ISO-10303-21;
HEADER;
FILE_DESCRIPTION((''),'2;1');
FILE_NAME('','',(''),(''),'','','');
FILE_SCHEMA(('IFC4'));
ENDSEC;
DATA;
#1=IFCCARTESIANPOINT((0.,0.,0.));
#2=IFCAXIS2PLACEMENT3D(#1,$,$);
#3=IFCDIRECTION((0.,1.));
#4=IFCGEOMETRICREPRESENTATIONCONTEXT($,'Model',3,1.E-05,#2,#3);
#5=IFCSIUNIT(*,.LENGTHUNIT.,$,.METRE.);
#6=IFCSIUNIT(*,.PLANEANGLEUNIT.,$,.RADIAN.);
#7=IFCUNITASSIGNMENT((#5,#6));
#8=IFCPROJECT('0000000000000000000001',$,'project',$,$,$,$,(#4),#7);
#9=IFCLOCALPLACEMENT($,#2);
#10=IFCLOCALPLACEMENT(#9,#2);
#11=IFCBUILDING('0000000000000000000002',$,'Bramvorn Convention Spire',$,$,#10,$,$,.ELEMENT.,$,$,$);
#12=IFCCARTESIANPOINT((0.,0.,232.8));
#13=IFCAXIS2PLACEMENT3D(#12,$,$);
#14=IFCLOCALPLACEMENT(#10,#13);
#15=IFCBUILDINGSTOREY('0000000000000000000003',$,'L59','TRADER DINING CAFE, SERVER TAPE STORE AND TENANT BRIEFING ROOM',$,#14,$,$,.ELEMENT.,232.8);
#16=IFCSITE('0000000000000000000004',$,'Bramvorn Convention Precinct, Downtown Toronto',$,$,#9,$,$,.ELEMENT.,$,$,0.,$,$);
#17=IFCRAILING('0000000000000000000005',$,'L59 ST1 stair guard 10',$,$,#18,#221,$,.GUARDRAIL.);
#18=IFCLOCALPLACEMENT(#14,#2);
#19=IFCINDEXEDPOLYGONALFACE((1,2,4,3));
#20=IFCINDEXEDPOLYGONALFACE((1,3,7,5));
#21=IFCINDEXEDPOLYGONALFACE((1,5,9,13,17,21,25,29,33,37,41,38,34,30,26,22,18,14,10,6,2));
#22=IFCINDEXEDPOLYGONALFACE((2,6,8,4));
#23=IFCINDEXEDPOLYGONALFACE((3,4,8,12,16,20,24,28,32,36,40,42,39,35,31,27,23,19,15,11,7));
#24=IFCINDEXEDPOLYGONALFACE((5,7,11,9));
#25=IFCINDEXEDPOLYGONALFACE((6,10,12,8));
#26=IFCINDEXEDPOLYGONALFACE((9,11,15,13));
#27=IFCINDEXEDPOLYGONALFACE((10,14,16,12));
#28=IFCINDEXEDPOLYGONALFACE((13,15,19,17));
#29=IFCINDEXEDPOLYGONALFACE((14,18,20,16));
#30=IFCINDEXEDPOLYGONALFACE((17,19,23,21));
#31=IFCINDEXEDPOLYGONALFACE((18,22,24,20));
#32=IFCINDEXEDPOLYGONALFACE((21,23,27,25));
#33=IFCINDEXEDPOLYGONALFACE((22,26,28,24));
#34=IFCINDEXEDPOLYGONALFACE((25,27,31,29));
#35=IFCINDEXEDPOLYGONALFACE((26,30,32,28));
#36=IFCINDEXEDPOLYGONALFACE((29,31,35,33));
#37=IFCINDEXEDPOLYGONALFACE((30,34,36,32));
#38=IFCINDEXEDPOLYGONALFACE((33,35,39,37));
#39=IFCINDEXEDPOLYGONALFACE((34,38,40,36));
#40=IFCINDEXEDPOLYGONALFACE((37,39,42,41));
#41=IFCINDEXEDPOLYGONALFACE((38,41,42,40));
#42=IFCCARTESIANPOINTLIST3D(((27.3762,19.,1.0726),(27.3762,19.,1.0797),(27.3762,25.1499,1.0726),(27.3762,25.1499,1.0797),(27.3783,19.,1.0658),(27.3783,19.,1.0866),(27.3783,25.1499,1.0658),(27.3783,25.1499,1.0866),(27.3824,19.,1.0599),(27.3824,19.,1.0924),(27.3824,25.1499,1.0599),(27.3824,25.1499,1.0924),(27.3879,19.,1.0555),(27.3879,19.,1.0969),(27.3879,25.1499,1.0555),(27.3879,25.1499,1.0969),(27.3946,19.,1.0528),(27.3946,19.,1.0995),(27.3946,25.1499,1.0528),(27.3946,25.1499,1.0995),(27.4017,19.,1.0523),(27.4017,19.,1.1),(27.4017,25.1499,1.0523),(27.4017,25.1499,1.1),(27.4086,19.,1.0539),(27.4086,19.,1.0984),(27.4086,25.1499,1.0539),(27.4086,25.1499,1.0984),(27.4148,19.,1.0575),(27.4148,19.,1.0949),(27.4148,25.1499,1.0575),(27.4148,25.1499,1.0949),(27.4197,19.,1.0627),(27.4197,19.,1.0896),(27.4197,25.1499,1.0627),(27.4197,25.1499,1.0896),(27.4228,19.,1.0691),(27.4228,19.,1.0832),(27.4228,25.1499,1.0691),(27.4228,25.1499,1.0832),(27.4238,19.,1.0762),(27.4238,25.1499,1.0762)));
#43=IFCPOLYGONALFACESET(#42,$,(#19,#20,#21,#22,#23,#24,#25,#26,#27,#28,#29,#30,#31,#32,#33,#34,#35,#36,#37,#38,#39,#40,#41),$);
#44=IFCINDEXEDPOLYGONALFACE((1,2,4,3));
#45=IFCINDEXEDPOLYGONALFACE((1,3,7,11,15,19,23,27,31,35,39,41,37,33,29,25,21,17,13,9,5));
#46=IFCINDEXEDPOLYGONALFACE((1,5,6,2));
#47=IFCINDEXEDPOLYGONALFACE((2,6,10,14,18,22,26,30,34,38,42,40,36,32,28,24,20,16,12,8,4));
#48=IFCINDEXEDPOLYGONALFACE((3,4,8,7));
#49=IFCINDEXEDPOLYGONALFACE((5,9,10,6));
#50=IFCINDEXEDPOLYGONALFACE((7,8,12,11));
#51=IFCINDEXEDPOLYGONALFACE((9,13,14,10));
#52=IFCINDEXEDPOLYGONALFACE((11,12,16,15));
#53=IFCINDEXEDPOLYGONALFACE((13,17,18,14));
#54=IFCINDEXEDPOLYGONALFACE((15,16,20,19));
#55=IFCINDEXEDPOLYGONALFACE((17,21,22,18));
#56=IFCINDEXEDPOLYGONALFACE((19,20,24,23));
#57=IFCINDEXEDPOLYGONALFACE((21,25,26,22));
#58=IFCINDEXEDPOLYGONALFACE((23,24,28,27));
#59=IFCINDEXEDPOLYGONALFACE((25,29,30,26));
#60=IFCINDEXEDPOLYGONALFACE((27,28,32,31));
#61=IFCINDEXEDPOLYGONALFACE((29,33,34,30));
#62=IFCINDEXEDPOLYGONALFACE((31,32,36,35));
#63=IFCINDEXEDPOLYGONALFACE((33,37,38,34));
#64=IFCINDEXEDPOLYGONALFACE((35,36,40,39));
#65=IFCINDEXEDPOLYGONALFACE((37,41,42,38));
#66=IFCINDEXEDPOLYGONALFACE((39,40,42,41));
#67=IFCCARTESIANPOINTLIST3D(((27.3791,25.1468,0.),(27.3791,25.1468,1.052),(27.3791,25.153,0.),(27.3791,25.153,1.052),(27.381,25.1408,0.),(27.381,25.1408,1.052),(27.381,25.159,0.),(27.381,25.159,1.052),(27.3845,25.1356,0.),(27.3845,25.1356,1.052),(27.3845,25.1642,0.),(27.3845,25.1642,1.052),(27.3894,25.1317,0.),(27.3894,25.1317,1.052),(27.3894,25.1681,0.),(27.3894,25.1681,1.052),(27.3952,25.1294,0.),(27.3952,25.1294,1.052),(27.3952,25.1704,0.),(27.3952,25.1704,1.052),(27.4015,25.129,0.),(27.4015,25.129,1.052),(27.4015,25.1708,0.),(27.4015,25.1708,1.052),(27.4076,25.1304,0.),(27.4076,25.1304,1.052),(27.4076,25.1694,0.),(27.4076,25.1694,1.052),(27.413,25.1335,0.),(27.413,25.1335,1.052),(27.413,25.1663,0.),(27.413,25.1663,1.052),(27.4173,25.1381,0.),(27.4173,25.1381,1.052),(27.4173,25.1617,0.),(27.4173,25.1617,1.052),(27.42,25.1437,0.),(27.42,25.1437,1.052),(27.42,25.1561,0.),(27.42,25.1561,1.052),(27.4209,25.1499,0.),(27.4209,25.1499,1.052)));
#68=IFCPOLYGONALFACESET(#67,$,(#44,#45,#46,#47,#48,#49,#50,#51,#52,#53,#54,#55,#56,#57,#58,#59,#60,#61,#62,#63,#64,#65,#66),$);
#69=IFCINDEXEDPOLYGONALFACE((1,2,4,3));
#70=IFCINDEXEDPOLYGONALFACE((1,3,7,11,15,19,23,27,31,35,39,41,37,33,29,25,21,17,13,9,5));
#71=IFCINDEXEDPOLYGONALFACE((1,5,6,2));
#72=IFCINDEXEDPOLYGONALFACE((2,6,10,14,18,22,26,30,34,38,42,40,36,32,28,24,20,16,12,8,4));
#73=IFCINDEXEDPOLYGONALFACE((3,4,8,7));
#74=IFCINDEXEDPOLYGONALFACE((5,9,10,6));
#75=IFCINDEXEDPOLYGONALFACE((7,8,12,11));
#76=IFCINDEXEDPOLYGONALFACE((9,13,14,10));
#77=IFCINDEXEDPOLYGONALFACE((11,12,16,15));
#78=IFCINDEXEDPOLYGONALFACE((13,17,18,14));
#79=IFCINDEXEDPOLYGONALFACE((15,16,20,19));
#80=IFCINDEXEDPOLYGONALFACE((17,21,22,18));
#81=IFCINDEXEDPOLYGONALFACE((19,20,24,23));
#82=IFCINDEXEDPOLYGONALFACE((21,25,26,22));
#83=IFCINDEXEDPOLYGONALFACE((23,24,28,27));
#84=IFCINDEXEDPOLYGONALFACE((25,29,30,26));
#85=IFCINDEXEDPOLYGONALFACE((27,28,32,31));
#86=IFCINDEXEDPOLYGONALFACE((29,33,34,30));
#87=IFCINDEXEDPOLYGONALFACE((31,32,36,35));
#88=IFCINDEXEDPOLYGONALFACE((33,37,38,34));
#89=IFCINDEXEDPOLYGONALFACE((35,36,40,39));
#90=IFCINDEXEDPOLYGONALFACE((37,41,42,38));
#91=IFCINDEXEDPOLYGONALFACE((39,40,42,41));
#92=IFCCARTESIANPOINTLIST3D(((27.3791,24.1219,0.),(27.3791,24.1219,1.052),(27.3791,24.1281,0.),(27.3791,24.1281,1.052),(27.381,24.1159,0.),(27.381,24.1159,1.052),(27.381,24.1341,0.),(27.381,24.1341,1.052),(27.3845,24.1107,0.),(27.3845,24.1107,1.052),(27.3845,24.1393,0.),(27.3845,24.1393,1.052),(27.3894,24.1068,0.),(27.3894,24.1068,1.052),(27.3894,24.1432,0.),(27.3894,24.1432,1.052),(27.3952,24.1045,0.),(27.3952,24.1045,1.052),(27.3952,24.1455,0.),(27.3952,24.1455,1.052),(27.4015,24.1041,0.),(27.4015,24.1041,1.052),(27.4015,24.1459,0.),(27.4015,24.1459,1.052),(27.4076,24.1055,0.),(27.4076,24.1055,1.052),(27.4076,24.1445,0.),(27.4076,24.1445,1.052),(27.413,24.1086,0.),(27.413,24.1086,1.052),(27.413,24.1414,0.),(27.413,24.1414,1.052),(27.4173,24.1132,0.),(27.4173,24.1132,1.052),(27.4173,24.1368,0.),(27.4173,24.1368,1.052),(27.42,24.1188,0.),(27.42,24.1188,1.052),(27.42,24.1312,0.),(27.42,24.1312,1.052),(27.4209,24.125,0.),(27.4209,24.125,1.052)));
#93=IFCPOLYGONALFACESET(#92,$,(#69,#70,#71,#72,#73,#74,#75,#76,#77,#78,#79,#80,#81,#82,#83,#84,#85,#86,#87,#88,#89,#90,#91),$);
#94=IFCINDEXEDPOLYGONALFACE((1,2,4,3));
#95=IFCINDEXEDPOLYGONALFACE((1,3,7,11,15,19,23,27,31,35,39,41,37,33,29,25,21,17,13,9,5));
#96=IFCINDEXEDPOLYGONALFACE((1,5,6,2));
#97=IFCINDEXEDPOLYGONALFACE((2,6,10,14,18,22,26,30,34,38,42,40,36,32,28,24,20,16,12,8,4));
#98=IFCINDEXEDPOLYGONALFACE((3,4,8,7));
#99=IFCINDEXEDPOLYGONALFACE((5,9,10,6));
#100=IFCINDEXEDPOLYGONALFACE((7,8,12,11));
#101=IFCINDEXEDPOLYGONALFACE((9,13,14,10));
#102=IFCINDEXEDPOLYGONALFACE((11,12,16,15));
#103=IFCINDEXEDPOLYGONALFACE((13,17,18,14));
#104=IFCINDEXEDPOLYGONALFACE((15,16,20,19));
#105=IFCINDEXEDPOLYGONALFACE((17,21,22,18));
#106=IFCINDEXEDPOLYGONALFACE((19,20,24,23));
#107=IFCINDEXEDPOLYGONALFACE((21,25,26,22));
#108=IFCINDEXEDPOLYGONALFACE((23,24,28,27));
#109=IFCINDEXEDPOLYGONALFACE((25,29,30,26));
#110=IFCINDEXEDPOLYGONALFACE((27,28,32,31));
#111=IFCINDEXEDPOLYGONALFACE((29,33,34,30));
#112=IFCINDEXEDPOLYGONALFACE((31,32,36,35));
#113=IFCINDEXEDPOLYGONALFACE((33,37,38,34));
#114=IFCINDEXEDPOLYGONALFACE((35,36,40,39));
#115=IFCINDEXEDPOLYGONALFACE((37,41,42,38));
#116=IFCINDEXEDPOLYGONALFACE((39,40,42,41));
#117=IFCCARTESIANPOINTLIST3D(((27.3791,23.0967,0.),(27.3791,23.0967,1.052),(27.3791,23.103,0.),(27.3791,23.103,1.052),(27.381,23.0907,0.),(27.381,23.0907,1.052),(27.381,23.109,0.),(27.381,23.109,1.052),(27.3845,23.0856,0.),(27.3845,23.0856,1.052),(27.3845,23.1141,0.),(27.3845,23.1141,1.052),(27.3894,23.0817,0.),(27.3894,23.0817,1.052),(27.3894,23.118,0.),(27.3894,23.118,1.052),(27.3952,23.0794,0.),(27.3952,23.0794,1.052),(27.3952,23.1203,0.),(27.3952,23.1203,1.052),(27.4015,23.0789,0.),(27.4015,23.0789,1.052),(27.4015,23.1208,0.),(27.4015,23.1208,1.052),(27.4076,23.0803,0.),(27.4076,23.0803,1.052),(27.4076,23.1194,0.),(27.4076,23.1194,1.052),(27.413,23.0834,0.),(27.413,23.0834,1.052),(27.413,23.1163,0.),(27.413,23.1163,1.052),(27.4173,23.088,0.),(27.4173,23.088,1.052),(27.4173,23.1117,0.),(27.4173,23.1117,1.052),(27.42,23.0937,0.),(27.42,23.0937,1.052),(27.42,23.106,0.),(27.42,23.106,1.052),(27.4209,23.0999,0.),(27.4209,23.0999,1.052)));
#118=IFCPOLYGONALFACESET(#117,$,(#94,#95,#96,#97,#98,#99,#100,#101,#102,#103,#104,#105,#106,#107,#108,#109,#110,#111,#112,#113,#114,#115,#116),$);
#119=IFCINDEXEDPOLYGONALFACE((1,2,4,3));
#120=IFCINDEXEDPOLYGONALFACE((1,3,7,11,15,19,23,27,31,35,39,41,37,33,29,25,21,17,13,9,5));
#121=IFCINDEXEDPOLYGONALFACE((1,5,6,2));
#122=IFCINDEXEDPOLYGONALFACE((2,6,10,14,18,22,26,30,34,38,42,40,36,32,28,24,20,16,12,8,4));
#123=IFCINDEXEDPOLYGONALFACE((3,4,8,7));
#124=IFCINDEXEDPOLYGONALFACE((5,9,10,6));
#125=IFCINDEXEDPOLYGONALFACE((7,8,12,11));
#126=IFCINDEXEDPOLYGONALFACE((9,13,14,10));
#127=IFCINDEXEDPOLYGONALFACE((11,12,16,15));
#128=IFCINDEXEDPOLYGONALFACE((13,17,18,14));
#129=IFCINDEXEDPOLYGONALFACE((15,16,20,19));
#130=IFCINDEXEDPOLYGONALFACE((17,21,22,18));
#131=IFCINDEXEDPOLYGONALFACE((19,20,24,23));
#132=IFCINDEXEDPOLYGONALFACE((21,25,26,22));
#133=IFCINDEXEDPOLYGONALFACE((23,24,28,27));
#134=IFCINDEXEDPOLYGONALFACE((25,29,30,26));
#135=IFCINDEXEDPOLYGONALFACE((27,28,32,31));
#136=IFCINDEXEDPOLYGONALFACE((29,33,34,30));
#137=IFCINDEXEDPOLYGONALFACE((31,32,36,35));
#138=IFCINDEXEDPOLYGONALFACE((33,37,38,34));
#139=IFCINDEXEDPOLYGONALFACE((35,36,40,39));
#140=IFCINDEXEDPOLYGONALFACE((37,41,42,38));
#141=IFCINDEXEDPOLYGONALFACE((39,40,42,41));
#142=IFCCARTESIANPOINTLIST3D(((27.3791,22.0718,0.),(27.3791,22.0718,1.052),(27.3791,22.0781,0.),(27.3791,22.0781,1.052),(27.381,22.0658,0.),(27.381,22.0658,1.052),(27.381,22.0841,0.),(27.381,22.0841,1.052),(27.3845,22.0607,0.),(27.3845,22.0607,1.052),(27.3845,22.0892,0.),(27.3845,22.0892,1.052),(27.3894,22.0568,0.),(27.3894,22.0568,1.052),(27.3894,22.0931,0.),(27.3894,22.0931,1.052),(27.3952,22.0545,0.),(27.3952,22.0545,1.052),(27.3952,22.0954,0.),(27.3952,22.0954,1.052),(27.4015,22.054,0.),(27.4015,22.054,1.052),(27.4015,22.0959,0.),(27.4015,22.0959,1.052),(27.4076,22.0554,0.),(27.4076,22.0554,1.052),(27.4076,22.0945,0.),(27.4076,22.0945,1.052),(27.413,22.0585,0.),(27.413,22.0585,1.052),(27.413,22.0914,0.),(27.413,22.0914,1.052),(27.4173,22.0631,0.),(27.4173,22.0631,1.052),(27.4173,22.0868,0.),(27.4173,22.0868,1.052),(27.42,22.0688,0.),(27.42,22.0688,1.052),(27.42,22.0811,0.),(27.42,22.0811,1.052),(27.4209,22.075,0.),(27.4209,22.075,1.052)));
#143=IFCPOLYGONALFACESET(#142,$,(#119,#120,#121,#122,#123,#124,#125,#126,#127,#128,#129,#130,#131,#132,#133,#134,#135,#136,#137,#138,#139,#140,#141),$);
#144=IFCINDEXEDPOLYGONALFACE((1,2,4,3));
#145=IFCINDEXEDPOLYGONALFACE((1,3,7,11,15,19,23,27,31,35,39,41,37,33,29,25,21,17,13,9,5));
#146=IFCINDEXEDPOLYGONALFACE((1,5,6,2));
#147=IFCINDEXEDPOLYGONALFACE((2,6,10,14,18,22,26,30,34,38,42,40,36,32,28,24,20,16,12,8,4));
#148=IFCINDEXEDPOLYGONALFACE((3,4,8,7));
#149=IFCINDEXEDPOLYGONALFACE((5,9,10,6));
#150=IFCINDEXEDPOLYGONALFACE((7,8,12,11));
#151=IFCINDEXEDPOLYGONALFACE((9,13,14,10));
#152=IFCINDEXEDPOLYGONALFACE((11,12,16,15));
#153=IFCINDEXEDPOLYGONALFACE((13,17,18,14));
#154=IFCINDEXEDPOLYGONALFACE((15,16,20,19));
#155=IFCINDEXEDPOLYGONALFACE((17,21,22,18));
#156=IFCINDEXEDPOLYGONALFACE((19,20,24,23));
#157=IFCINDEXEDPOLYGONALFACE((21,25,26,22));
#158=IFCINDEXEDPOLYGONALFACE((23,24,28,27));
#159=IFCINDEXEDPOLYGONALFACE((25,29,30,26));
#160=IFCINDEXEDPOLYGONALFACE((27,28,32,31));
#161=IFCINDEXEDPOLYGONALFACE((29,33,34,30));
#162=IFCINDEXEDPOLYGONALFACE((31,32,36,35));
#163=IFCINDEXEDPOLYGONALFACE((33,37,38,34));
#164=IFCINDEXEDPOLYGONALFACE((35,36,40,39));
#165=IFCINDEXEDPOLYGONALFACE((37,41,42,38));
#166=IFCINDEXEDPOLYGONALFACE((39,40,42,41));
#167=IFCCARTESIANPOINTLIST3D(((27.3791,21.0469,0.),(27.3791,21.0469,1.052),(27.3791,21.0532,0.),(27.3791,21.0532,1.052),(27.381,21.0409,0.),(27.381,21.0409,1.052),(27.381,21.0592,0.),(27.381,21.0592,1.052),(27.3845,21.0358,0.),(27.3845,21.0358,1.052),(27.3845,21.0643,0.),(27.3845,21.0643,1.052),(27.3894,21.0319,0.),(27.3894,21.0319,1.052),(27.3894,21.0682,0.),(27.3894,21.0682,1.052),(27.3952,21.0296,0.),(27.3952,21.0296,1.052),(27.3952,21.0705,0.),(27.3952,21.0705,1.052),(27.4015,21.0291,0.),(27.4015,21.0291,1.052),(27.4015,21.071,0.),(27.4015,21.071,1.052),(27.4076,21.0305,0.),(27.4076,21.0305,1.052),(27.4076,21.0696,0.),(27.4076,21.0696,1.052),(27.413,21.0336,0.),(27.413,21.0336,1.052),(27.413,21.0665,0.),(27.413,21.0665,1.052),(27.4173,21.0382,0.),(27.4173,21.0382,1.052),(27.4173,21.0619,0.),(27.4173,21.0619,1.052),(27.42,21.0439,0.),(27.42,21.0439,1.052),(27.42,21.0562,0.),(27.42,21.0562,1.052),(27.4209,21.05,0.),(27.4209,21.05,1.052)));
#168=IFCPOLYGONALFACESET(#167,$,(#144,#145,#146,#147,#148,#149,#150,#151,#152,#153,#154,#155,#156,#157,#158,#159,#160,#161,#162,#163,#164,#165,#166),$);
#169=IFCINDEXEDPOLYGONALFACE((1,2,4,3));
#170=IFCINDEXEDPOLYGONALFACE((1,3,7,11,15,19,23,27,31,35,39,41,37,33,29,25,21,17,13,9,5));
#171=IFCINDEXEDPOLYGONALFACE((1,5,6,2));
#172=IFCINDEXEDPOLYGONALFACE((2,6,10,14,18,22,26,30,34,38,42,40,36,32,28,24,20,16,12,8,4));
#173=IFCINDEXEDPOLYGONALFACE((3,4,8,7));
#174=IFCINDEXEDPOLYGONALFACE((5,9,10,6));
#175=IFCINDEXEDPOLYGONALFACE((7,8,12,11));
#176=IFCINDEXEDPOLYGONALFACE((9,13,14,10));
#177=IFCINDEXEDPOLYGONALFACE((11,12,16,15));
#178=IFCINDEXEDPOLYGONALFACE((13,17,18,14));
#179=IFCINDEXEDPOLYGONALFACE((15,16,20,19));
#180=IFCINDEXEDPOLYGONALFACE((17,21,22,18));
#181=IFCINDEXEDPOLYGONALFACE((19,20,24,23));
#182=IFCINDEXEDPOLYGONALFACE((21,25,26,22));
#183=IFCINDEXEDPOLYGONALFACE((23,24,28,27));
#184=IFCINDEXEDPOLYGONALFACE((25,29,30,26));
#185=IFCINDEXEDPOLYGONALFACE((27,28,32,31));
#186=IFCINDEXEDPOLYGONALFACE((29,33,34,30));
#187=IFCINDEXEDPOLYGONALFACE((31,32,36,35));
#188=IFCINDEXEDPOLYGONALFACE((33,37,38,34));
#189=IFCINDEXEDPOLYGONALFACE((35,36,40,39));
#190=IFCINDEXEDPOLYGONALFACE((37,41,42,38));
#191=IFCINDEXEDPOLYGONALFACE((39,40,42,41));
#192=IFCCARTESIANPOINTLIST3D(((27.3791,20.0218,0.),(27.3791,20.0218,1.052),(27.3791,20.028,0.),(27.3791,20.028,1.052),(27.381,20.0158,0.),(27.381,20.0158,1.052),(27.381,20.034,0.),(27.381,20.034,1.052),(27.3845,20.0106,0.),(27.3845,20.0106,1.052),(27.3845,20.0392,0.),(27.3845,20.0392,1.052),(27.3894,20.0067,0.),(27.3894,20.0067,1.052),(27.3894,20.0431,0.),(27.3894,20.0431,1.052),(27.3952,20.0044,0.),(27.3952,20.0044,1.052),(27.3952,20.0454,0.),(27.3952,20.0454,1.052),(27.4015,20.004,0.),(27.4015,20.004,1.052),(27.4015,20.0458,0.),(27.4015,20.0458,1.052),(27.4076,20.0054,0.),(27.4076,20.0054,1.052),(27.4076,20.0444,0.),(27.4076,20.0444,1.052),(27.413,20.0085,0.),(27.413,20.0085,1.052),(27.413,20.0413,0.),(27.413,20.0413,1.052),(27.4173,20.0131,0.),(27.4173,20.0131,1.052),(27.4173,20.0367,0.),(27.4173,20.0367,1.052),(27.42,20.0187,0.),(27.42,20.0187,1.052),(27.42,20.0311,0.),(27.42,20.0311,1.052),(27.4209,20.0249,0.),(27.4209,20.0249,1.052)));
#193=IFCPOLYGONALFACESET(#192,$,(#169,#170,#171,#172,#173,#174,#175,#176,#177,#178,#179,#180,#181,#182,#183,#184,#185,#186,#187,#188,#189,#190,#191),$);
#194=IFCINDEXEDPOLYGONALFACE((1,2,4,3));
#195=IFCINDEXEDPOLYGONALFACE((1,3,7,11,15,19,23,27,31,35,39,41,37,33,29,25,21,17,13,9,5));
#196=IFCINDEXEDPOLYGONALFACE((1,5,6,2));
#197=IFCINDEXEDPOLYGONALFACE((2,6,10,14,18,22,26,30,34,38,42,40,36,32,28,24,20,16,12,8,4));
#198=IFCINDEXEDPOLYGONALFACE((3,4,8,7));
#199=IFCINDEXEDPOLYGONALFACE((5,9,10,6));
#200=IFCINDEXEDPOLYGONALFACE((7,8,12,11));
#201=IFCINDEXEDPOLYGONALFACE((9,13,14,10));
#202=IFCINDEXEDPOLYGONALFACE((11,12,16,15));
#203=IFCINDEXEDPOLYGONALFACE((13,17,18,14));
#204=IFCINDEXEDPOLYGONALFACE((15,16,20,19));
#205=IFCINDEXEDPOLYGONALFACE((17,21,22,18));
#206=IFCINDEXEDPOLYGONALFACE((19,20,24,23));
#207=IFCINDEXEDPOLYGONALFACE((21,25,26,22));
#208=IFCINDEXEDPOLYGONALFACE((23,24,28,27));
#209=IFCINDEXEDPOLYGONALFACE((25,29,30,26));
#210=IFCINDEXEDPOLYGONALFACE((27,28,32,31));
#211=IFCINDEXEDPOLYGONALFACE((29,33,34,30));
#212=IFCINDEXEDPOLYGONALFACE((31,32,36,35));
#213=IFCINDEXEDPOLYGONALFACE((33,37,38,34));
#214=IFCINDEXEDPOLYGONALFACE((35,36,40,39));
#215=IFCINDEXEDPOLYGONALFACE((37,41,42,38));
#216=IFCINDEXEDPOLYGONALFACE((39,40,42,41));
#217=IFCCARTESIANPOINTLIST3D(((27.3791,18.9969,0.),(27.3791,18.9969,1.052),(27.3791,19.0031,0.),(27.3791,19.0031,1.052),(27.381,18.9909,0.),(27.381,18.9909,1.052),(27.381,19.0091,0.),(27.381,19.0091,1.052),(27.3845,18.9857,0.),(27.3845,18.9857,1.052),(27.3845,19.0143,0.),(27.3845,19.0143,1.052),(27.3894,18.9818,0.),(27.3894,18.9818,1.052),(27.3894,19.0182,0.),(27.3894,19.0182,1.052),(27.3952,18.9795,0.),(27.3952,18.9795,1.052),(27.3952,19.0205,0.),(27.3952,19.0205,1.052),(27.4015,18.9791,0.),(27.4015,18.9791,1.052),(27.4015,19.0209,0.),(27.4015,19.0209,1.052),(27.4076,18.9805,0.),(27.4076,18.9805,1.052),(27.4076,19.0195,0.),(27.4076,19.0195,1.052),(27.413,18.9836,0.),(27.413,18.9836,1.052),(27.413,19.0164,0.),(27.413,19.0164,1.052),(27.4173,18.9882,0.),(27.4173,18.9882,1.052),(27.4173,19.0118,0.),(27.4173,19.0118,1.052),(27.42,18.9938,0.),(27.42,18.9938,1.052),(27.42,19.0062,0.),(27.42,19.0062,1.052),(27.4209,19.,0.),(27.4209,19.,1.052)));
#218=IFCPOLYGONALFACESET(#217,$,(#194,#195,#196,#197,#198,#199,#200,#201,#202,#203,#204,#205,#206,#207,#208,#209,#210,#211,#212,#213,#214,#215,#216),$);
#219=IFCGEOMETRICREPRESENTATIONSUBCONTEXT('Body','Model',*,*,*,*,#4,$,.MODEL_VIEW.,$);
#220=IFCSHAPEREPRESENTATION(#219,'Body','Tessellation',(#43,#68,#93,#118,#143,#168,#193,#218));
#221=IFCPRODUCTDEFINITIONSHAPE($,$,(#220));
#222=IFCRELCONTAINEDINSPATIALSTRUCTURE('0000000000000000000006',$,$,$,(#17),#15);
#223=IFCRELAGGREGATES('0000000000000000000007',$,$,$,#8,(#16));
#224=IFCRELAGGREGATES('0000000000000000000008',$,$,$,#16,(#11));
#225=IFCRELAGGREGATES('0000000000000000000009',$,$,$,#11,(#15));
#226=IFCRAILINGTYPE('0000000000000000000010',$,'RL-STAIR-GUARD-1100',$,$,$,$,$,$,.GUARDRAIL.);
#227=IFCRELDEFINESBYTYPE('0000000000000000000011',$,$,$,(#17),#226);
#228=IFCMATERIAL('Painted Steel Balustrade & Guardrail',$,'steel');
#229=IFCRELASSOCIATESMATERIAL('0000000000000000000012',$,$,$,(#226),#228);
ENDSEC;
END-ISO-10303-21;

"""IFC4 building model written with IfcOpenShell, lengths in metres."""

from ifc_helpers import new_model, si_unit, direction, frame, origin, origin_2d, place, context, subcontext, project, spatial, circle, extrude, material, type_object, element, save


model = new_model("IFC4")

# Units and contexts
model_context = context("Model", 3, precision=1e-05, world=origin(), true_north=direction((0.0, 1.0)))
body_context = subcontext(model_context, "Body", "Model", "MODEL_VIEW")
ifc_project = project(units=[si_unit("LENGTHUNIT", "METRE"), si_unit("PLANEANGLEUNIT", "RADIAN")], contexts=[model_context])

# Site, building, storey
site_placement = place(None, origin())
site = spatial("IfcSite", under=ifc_project, at=site_placement, Name="Bramvorn Convention Precinct, Downtown Toronto", CompositionType="ELEMENT", RefElevation=0.0)
building_placement = place(site_placement, origin())
building = spatial("IfcBuilding", under=site, at=building_placement, Name="Bramvorn Convention Spire", CompositionType="ELEMENT")
storey_placement = place(building_placement, frame((0.0, 0.0, 232.8)))
storey = spatial("IfcBuildingStorey", under=building, at=storey_placement, Name="L59", Description="TRADER DINING CAFE, SERVER TAPE STORE AND TENANT BRIEFING ROOM", CompositionType="ELEMENT", Elevation=232.8)

# Railing
ifc_material_1 = material(Name="Painted Steel Balustrade & Guardrail", Category="steel")
railing_type = type_object("IfcRailingType", Name="RL-STAIR-GUARD-1100", PredefinedType="GUARDRAIL", material=ifc_material_1)
railing_1_placement = place(storey_placement, frame((27.3999, 25.1499, 0.0)))
element("IfcRailing", 1, at=railing_1_placement, inside=storey, type_object=railing_type, Name="L59 ST1 stair guard 10", PredefinedType="GUARDRAIL", context=body_context, shape_type="SweptSolid", body=[
    extrude(circle(Radius=0.0239, at=origin_2d()), frame((0.0, 0.0, 1.0762), z_axis=(0.0, -1.0, 0.0), x_axis=(1.0, 0.0, 0.0)), (0.0, 0.0, 1.0), 6.1499),
    extrude(circle(Radius=0.021, at=origin_2d()), origin(), (0.0, 0.0, 1.0), 1.052),
    extrude(circle(Radius=0.021, at=origin_2d()), frame((0.0, -1.0249, 0.0)), (0.0, 0.0, 1.0), 1.052),
    extrude(circle(Radius=0.021, at=origin_2d()), frame((0.0, -2.05, 0.0)), (0.0, 0.0, 1.0), 1.052),
    extrude(circle(Radius=0.021, at=origin_2d()), frame((0.0, -3.075, 0.0)), (0.0, 0.0, 1.0), 1.052),
    extrude(circle(Radius=0.021, at=origin_2d()), frame((0.0, -4.0999, 0.0)), (0.0, 0.0, 1.0), 1.052),
    extrude(circle(Radius=0.021, at=origin_2d()), frame((0.0, -5.125, 0.0)), (0.0, 0.0, 1.0), 1.052),
    extrude(circle(Radius=0.021, at=origin_2d()), frame((0.0, -6.1499, 0.0)), (0.0, 0.0, 1.0), 1.052),
])

save(model, "model.ifc")
